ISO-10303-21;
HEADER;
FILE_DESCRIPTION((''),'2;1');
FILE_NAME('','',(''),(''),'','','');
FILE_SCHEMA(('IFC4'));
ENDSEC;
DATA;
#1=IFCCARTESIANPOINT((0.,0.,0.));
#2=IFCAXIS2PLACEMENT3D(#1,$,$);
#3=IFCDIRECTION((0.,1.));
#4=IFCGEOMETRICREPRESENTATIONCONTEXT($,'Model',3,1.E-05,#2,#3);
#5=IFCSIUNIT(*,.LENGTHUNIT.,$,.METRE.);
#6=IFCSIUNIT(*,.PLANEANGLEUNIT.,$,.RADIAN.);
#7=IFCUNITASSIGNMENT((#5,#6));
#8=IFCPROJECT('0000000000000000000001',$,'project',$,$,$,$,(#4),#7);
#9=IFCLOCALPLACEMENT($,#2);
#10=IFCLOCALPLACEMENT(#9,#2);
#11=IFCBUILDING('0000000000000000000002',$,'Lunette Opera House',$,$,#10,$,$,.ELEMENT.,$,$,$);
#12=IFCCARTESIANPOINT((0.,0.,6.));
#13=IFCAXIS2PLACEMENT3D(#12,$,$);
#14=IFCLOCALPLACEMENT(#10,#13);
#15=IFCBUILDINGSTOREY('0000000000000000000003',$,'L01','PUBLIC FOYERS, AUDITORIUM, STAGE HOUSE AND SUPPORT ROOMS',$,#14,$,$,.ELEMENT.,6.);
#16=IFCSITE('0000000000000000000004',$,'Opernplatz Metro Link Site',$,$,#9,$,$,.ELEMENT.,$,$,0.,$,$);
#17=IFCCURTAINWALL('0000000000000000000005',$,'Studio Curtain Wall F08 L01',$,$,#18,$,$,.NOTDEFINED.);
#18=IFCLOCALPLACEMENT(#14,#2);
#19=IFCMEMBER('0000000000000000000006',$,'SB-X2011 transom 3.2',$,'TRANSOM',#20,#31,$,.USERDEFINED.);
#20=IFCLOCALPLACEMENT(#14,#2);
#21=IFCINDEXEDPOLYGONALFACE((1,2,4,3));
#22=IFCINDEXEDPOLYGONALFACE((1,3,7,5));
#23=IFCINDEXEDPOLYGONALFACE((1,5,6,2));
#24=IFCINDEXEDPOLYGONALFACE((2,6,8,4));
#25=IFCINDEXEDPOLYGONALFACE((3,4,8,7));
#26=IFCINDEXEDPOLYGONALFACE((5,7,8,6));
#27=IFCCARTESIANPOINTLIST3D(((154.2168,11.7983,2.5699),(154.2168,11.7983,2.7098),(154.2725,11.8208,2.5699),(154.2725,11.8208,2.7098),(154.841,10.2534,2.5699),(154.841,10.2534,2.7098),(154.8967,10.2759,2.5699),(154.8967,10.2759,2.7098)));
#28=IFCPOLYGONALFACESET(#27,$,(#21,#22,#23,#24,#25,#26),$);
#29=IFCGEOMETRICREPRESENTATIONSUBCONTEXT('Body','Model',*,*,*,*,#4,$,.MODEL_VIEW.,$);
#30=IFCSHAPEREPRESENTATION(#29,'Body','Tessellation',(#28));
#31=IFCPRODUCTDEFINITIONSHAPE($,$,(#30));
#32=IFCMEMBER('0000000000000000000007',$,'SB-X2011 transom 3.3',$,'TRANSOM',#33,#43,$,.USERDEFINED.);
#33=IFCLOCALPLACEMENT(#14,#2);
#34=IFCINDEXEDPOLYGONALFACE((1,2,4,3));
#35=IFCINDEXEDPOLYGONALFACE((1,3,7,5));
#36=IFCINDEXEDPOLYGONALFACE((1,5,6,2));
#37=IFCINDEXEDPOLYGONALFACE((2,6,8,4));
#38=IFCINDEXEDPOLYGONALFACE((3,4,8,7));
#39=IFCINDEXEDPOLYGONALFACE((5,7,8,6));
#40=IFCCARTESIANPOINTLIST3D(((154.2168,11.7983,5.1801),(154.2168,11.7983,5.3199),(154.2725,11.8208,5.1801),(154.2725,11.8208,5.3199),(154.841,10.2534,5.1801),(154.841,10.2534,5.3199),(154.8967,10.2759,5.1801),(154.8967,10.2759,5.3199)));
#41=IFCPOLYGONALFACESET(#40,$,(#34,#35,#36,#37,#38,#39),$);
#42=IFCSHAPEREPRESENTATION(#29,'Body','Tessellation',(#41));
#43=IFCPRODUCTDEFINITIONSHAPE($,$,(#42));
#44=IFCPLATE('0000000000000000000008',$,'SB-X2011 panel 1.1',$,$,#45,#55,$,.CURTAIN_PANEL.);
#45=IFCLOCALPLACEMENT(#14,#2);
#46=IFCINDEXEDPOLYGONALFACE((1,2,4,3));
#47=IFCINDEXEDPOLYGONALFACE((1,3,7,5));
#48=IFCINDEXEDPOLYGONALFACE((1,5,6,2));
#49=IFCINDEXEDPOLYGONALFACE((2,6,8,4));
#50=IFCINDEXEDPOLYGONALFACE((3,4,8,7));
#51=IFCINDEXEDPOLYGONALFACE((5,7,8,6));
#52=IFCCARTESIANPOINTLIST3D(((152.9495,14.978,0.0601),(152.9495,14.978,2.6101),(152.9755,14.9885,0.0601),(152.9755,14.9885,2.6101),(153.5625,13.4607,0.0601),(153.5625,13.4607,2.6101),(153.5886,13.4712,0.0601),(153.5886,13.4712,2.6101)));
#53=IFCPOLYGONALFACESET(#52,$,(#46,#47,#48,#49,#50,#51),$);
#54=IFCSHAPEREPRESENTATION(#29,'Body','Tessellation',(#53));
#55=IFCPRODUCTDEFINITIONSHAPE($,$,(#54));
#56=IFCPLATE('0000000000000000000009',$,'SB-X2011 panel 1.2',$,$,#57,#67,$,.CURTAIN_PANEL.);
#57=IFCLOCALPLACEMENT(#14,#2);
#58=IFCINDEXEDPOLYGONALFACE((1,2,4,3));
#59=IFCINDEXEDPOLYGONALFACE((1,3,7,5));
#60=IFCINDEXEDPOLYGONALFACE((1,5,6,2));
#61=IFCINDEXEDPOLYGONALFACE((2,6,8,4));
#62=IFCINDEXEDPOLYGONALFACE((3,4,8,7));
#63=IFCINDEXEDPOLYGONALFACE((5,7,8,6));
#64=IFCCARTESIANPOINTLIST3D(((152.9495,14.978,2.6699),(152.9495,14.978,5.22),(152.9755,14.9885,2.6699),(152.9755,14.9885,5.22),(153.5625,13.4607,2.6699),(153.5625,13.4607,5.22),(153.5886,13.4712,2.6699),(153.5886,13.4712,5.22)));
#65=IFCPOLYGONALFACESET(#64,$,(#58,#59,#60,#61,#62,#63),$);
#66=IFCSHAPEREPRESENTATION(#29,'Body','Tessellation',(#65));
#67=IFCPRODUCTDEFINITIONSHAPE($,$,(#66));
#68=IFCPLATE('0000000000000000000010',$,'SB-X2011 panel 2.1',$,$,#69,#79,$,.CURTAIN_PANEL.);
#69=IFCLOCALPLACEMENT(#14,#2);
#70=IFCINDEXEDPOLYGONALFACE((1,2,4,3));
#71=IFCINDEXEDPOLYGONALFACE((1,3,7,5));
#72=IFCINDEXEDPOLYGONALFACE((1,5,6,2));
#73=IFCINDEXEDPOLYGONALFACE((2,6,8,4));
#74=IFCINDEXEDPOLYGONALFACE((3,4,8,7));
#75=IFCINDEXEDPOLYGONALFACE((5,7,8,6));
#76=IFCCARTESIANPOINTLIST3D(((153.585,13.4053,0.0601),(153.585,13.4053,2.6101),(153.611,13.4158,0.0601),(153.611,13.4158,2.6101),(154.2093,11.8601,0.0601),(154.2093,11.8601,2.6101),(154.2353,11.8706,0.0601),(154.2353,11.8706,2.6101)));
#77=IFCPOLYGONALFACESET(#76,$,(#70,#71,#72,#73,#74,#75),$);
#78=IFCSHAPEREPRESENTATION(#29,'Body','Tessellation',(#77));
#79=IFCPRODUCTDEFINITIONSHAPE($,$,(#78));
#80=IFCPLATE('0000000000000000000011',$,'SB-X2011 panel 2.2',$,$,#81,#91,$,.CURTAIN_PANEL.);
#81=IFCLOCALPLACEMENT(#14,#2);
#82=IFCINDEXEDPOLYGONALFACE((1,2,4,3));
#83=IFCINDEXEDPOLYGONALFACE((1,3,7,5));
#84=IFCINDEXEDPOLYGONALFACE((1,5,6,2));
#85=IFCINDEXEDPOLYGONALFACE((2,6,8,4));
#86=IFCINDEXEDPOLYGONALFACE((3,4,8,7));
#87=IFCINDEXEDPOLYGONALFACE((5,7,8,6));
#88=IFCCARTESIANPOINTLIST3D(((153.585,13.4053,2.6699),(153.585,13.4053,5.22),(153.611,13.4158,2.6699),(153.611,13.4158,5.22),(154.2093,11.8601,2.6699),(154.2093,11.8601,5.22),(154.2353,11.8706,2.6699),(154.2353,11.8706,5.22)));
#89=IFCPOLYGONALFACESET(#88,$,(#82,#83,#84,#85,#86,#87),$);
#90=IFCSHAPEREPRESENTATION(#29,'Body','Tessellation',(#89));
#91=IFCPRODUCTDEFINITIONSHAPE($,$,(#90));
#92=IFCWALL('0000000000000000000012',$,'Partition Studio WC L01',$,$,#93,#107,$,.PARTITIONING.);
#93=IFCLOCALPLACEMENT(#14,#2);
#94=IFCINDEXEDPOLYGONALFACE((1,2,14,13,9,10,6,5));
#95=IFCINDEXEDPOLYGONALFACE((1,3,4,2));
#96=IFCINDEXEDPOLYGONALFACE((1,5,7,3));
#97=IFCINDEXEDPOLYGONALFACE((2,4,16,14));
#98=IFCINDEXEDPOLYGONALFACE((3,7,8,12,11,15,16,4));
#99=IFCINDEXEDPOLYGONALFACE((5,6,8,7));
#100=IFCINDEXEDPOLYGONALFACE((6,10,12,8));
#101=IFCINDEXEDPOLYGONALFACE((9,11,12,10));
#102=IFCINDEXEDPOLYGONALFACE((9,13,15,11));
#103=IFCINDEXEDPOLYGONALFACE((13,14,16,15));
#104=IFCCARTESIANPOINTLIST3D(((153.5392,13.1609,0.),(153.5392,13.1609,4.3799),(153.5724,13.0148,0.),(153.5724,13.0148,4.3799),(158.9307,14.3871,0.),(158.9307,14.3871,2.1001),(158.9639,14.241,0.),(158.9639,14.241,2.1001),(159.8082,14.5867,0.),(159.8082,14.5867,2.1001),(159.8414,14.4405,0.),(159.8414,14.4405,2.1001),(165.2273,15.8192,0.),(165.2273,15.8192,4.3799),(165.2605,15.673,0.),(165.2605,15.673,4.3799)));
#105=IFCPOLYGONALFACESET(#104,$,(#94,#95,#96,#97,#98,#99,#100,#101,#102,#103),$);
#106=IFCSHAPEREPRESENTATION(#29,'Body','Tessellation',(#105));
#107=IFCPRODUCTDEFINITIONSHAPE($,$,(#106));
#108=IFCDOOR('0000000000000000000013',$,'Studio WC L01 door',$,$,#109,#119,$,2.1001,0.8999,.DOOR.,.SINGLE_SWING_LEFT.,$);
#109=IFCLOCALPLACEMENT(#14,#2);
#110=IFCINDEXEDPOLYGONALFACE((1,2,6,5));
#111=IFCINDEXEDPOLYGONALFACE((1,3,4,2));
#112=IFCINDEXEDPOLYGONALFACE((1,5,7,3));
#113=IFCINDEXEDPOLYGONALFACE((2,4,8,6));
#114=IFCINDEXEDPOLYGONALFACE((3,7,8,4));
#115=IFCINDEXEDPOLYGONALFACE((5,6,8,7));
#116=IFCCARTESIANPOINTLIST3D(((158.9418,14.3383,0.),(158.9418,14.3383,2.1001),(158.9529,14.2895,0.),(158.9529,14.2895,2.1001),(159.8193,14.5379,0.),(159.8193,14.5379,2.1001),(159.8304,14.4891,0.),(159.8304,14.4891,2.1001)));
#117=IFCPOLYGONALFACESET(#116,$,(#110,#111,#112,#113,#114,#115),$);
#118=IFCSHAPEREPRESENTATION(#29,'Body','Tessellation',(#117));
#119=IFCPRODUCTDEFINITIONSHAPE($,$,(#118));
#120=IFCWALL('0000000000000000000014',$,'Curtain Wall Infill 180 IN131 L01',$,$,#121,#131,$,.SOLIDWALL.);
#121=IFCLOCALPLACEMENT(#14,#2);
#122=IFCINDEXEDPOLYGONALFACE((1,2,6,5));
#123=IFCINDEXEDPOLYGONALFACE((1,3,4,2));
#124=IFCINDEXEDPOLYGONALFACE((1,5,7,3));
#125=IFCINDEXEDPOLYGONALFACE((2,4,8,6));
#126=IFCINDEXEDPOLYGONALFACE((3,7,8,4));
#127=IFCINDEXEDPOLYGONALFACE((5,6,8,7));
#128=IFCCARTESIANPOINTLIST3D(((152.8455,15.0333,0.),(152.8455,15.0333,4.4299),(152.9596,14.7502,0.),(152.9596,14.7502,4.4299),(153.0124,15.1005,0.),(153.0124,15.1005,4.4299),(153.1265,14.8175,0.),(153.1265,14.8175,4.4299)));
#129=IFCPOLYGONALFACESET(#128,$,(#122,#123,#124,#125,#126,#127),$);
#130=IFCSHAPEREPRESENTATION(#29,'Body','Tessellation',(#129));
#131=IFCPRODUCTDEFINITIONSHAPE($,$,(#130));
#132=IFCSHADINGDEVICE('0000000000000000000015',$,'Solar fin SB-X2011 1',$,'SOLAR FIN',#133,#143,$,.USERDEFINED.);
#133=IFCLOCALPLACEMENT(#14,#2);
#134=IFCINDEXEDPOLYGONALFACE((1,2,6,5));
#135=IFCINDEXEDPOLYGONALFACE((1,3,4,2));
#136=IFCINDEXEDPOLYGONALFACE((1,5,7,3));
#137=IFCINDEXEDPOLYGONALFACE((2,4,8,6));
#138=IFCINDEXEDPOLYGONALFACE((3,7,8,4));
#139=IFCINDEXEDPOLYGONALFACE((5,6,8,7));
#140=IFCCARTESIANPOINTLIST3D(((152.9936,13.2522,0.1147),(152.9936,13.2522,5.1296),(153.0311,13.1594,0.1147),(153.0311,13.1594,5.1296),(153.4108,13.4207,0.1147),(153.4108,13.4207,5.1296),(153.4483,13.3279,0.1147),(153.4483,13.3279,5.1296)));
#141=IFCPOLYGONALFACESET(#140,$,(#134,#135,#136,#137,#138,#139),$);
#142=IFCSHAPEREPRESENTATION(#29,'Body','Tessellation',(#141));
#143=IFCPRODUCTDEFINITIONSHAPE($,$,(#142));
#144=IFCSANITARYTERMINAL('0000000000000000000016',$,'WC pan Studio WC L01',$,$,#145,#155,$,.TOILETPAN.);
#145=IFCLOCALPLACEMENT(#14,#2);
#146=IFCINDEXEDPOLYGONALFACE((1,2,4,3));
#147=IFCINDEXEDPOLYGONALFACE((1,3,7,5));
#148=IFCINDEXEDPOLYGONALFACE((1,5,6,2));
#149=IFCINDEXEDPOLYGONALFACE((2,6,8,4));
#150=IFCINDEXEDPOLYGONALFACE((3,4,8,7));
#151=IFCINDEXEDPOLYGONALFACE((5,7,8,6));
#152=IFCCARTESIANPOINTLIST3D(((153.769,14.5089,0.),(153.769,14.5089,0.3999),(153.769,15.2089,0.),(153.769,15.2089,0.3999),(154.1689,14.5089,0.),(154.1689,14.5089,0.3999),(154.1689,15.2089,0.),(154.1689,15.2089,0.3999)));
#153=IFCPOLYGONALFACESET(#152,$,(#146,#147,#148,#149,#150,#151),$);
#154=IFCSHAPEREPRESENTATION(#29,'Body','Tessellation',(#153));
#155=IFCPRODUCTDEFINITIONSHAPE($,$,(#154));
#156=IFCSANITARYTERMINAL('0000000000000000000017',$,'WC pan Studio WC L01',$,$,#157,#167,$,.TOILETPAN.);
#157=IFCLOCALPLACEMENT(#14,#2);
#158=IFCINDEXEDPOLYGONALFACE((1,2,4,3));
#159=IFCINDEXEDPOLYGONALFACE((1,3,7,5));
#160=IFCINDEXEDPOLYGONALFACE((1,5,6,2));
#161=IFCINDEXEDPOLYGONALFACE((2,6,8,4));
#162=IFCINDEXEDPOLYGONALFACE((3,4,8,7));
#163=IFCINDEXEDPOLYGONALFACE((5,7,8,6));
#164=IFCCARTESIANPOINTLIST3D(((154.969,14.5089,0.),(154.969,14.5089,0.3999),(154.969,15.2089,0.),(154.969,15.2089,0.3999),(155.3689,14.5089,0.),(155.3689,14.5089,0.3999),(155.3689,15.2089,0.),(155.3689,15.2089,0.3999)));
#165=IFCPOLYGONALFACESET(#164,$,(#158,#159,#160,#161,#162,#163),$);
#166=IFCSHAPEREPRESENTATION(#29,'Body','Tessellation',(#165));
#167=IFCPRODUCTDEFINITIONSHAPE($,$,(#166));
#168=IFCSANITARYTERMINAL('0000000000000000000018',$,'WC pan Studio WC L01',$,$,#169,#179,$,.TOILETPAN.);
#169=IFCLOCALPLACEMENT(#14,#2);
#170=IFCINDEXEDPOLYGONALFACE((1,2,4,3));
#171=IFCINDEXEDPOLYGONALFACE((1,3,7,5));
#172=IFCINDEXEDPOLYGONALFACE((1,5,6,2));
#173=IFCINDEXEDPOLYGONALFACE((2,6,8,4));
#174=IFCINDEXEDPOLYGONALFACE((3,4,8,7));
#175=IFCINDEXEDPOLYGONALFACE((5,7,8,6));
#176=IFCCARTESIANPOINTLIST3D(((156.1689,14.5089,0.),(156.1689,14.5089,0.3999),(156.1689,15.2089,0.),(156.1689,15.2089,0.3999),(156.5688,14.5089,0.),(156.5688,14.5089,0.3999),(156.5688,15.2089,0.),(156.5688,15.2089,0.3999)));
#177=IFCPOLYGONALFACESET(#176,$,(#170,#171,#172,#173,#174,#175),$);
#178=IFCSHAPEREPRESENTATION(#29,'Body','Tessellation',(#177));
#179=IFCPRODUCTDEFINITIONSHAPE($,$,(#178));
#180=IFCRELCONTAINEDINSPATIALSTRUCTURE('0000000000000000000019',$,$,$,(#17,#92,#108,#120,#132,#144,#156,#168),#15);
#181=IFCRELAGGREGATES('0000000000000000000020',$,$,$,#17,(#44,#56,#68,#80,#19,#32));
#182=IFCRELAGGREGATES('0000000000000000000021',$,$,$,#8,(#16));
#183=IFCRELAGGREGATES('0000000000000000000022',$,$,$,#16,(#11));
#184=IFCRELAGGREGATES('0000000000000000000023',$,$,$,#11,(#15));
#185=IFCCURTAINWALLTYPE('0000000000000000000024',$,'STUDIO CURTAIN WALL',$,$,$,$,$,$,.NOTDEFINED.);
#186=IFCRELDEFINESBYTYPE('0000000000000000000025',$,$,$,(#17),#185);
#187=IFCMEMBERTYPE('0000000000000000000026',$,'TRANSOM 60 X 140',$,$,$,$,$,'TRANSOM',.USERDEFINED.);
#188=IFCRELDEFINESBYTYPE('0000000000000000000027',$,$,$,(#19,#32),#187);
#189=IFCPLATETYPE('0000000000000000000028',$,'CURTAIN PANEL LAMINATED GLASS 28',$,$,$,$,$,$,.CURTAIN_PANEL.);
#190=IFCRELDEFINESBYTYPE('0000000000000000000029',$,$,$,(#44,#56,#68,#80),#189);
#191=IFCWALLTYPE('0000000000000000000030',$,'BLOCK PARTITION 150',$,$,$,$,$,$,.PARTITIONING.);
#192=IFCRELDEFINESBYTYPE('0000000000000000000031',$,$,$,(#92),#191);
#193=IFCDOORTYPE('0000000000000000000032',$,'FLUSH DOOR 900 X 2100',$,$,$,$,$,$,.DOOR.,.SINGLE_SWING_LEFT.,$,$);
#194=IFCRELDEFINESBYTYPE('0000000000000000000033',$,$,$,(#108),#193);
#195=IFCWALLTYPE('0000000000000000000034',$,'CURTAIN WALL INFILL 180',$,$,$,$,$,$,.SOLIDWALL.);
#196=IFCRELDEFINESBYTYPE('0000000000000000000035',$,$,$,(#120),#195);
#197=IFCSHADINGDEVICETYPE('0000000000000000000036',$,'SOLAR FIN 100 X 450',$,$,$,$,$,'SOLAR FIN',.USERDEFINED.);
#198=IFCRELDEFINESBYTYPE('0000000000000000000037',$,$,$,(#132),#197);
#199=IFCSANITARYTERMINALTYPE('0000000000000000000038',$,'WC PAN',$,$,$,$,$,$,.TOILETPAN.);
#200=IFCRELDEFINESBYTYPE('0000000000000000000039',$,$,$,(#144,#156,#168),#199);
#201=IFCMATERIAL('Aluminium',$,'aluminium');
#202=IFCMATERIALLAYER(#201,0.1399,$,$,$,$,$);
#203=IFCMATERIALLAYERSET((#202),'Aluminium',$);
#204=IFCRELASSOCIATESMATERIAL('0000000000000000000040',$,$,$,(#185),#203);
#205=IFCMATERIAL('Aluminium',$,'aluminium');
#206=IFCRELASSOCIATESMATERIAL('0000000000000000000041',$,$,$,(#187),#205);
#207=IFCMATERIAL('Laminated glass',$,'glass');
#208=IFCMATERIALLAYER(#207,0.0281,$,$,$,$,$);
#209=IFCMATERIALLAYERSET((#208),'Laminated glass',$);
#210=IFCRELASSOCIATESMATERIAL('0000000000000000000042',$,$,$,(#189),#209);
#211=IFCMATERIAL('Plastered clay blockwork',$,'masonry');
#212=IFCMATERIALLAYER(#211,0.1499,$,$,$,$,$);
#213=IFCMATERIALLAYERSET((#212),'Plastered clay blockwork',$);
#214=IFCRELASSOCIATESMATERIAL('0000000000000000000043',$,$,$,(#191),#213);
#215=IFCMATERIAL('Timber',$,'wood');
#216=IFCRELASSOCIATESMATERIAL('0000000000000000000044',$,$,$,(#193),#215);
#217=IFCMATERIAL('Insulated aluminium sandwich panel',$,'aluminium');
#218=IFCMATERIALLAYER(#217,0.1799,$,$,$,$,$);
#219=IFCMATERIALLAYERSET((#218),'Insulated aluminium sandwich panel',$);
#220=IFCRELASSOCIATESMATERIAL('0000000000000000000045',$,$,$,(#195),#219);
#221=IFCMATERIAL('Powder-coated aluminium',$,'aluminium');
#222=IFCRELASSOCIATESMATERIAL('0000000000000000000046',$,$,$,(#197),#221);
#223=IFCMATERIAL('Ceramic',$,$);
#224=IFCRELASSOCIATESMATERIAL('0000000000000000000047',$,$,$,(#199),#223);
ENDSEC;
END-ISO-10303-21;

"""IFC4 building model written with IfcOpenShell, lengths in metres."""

from ifc_helpers import new_model, si_unit, direction, frame, frame_2d, origin, origin_2d, place, context, subcontext, project, spatial, rectangle, extrude, material, layer, layer_set, material_profile, profile_set, type_object, element, fill, aggregate, save


model = new_model("IFC4")

# Units and contexts
model_context = context("Model", 3, precision=1e-05, world=origin(), true_north=direction((0.0, 1.0)))
body_context = subcontext(model_context, "Body", "Model", "MODEL_VIEW")
ifc_project = project(units=[si_unit("LENGTHUNIT", "METRE"), si_unit("PLANEANGLEUNIT", "RADIAN")], contexts=[model_context])

# Site, building, storey
site_placement = place(None, origin())
site = spatial("IfcSite", under=ifc_project, at=site_placement, Name="Opernplatz Metro Link Site", CompositionType="ELEMENT", RefElevation=0.0)
building_placement = place(site_placement, origin())
building = spatial("IfcBuilding", under=site, at=building_placement, Name="Lunette Opera House", CompositionType="ELEMENT")
storey_placement = place(building_placement, frame((0.0, 0.0, 6.0)))
storey = spatial("IfcBuildingStorey", under=building, at=storey_placement, Name="L01", Description="PUBLIC FOYERS, AUDITORIUM, STAGE HOUSE AND SUPPORT ROOMS", CompositionType="ELEMENT", Elevation=6.0)

# Shared definitions
ifc_material_1 = material(Name="Aluminium", Category="aluminium")
ifc_layer_1 = layer(ifc_material_1, 0.1399)
ifc_layer_set_1 = layer_set([ifc_layer_1], Name="Aluminium")
curtain_wall_type = type_object("IfcCurtainWallType", Name="STUDIO CURTAIN WALL", PredefinedType="NOTDEFINED", material=ifc_layer_set_1)

# Curtain wall
curtain_wall_1_placement = place(storey_placement, origin())
curtain_wall_1 = element("IfcCurtainWall", 1, at=curtain_wall_1_placement, inside=storey, type_object=curtain_wall_type, Name="Studio Curtain Wall F08 L01", PredefinedType="NOTDEFINED")

# Members
ifc_material_2 = material(Name="Aluminium", Category="aluminium")
ifc_material_profile_1 = material_profile(ifc_material_2, rectangle(XDim=0.0601, YDim=0.1399, at=origin_2d()), Name="TRANSOM 60 X 140")
ifc_profile_set_1 = profile_set([ifc_material_profile_1], Name="Aluminium")
member_type_1 = type_object("IfcMemberType", Name="TRANSOM 60 X 140", ElementType="TRANSOM", PredefinedType="USERDEFINED", material=ifc_profile_set_1)
member_1_placement = place(storey_placement, frame((154.2446, 11.8096, 2.6399), z_axis=(0.374647, -0.927167, 0.0), x_axis=(0.927167, 0.374647, 0.0)))
member_1 = element("IfcMember", 2, at=member_1_placement, type_object=member_type_1, Name="SB-X2011 transom 3.2", ObjectType="TRANSOM", PredefinedType="USERDEFINED", context=body_context, shape_type="SweptSolid", body=[
    extrude(rectangle(XDim=0.0601, YDim=0.1399, at=origin_2d()), origin(), (0.0, 0.0, 1.0), 1.6663),
])
member_2_placement = place(storey_placement, frame((154.2446, 11.8096, 5.25), z_axis=(0.374647, -0.927167, 0.0), x_axis=(0.927167, 0.374647, 0.0)))
member_2 = element("IfcMember", 3, at=member_2_placement, type_object=member_type_1, Name="SB-X2011 transom 3.3", ObjectType="TRANSOM", PredefinedType="USERDEFINED", context=body_context, shape_type="SweptSolid", body=[
    extrude(rectangle(XDim=0.0601, YDim=0.1399, at=origin_2d()), origin(), (0.0, 0.0, 1.0), 1.6663),
])

# Plates
ifc_material_3 = material(Name="Laminated glass", Category="glass")
ifc_layer_2 = layer(ifc_material_3, 0.0281)
ifc_layer_set_2 = layer_set([ifc_layer_2], Name="Laminated glass")
plate_type = type_object("IfcPlateType", Name="CURTAIN PANEL LAMINATED GLASS 28", PredefinedType="CURTAIN_PANEL", material=ifc_layer_set_2)
plate_1_placement = place(storey_placement, frame((153.269, 14.2246, 0.0601), z_axis=(0.0, 0.0, 1.0), x_axis=(0.374609, -0.927183, 0.0)))
plate_1 = element("IfcPlate", 4, at=plate_1_placement, type_object=plate_type, Name="SB-X2011 panel 1.1", PredefinedType="CURTAIN_PANEL", context=body_context, shape_type="SweptSolid", body=[
    extrude(rectangle(XDim=1.6365, YDim=0.0281, at=origin_2d()), origin(), (0.0, 0.0, 1.0), 2.55),
])
plate_2_placement = place(storey_placement, frame((153.269, 14.2246, 2.6699), z_axis=(0.0, 0.0, 1.0), x_axis=(0.374609, -0.927183, 0.0)))
plate_2 = element("IfcPlate", 5, at=plate_2_placement, type_object=plate_type, Name="SB-X2011 panel 1.2", PredefinedType="CURTAIN_PANEL", context=body_context, shape_type="SweptSolid", body=[
    extrude(rectangle(XDim=1.6365, YDim=0.0281, at=origin_2d()), origin(), (0.0, 0.0, 1.0), 2.55),
])
plate_3_placement = place(storey_placement, frame((153.9102, 12.6379, 0.0601), z_axis=(0.0, 0.0, 1.0), x_axis=(0.374609, -0.927183, 0.0)))
plate_3 = element("IfcPlate", 6, at=plate_3_placement, type_object=plate_type, Name="SB-X2011 panel 2.1", PredefinedType="CURTAIN_PANEL", context=body_context, shape_type="SweptSolid", body=[
    extrude(rectangle(XDim=1.6665, YDim=0.0281, at=origin_2d()), origin(), (0.0, 0.0, 1.0), 2.55),
])
plate_4_placement = place(storey_placement, frame((153.9102, 12.6379, 2.6699), z_axis=(0.0, 0.0, 1.0), x_axis=(0.374609, -0.927183, 0.0)))
plate_4 = element("IfcPlate", 7, at=plate_4_placement, type_object=plate_type, Name="SB-X2011 panel 2.2", PredefinedType="CURTAIN_PANEL", context=body_context, shape_type="SweptSolid", body=[
    extrude(rectangle(XDim=1.6665, YDim=0.0281, at=origin_2d()), origin(), (0.0, 0.0, 1.0), 2.55),
])
aggregate(curtain_wall_1, [plate_1, plate_2, plate_3, plate_4, member_1, member_2])

# Wall, opening, door
ifc_material_4 = material(Name="Plastered clay blockwork", Category="masonry")
ifc_layer_3 = layer(ifc_material_4, 0.1499)
ifc_layer_set_3 = layer_set([ifc_layer_3], Name="Plastered clay blockwork")
wall_type_1 = type_object("IfcWallType", Name="BLOCK PARTITION 150", PredefinedType="PARTITIONING", material=ifc_layer_set_3)
wall_1_placement = place(storey_placement, frame((153.5559, 13.0879, 0.0), z_axis=(0.0, 0.0, 1.0), x_axis=(0.9751, 0.221767, 0.0)))
wall_1 = element("IfcWall", 8, at=wall_1_placement, inside=storey, type_object=wall_type_1, Name="Partition Studio WC L01", PredefinedType="PARTITIONING", context=body_context, shape_type="SweptSolid", body=[
    extrude(rectangle(XDim=11.9866, YDim=0.1499, at=frame_2d((5.9932, 0.0))), origin(), (0.0, 0.0, 1.0), 4.3799),
])
opening_placement = place(wall_1_placement, frame((5.5291, 0.0, 0.0)))
opening = element("IfcOpeningElement", 9, at=opening_placement, cuts=wall_1, PredefinedType="OPENING", context=body_context, shape_type="SweptSolid", body=[
    extrude(rectangle(XDim=0.8999, YDim=2.1001, at=frame_2d((0.45, 1.05))), frame((0.0, 0.0869, 0.0), z_axis=(0.0, -1.0, 0.0), x_axis=(1.0, 0.0, 0.0)), (0.0, 0.0, 1.0), 0.1738),
])
ifc_material_5 = material(Name="Timber", Category="wood")
door_type = type_object("IfcDoorType", Name="FLUSH DOOR 900 X 2100", OperationType="SINGLE_SWING_LEFT", PredefinedType="DOOR", material=ifc_material_5)
door_placement = place(opening_placement, origin())
door = element("IfcDoor", 10, at=door_placement, inside=storey, type_object=door_type, Name="Studio WC L01 door", OperationType="SINGLE_SWING_LEFT", OverallHeight=2.1001, OverallWidth=0.8999, PredefinedType="DOOR", context=body_context, shape_type="SweptSolid", body=[
    extrude(rectangle(XDim=0.8999, YDim=2.1001, at=frame_2d((0.45, 1.05))), frame((0.0, 0.0249, 0.0), z_axis=(0.0, -1.0, 0.0), x_axis=(1.0, 0.0, 0.0)), (0.0, 0.0, 1.0), 0.05),
])
fill(opening, door)

# Wall
ifc_material_6 = material(Name="Insulated aluminium sandwich panel", Category="aluminium")
ifc_layer_4 = layer(ifc_material_6, 0.1799)
ifc_layer_set_4 = layer_set([ifc_layer_4], Name="Insulated aluminium sandwich panel")
wall_type_2 = type_object("IfcWallType", Name="CURTAIN WALL INFILL 180", PredefinedType="SOLIDWALL", material=ifc_layer_set_4)
wall_2_placement = place(storey_placement, frame((152.929, 15.0669, 0.0), z_axis=(0.0, 0.0, 1.0), x_axis=(0.373735, -0.927535, 0.0)))
element("IfcWall", 11, at=wall_2_placement, inside=storey, type_object=wall_type_2, Name="Curtain Wall Infill 180 IN131 L01", PredefinedType="SOLIDWALL", context=body_context, shape_type="SweptSolid", body=[
    extrude(rectangle(XDim=0.3052, YDim=0.1799, at=frame_2d((0.1526, 0.0))), origin(), (0.0, 0.0, 1.0), 4.4299),
])

# Shading device
ifc_material_7 = material(Name="Powder-coated aluminium", Category="aluminium")
shading_device_type = type_object("IfcShadingDeviceType", Name="SOLAR FIN 100 X 450", ElementType="SOLAR FIN", PredefinedType="USERDEFINED", material=ifc_material_7)
shading_device_placement = place(storey_placement, frame((153.2209, 13.29, 0.1147), z_axis=(0.0, 0.0, 1.0), x_axis=(-0.927183, -0.37461, 0.0)))
element("IfcShadingDevice", 12, at=shading_device_placement, inside=storey, type_object=shading_device_type, Name="Solar fin SB-X2011 1", ObjectType="SOLAR FIN", PredefinedType="USERDEFINED", context=body_context, shape_type="SweptSolid", body=[
    extrude(rectangle(XDim=0.45, YDim=0.1001, at=origin_2d()), origin(), (0.0, 0.0, 1.0), 5.0149),
])

# Sanitary terminals
ifc_material_8 = material(Name="Ceramic")
sanitary_terminal_type = type_object("IfcSanitaryTerminalType", Name="WC PAN", PredefinedType="TOILETPAN", material=ifc_material_8)
for number, where, z_axis, x_axis, name in (
    (13, (153.969, 14.8589, 0.0), (0.0, 0.0, 1.0), (1.0, 0.0, 0.0), "WC pan Studio WC L01"),
    (14, (155.1689, 14.8589, 0.0), (0.0, 0.0, 1.0), (1.0, 0.0, 0.0), "WC pan Studio WC L01"),
    (15, (156.3689, 14.8589, 0.0), (0.0, 0.0, 1.0), (1.0, 0.0, 0.0), "WC pan Studio WC L01"),
):
    element("IfcSanitaryTerminal", number, at=place(storey_placement, frame(where, z_axis=z_axis, x_axis=x_axis)), inside=storey, type_object=sanitary_terminal_type, Name=name, PredefinedType="TOILETPAN", context=body_context, shape_type="SweptSolid", body=[
        extrude(rectangle(XDim=0.3999, YDim=0.7, at=origin_2d()), origin(), (0.0, 0.0, 1.0), 0.3999),
    ])

save(model, "model.ifc")
